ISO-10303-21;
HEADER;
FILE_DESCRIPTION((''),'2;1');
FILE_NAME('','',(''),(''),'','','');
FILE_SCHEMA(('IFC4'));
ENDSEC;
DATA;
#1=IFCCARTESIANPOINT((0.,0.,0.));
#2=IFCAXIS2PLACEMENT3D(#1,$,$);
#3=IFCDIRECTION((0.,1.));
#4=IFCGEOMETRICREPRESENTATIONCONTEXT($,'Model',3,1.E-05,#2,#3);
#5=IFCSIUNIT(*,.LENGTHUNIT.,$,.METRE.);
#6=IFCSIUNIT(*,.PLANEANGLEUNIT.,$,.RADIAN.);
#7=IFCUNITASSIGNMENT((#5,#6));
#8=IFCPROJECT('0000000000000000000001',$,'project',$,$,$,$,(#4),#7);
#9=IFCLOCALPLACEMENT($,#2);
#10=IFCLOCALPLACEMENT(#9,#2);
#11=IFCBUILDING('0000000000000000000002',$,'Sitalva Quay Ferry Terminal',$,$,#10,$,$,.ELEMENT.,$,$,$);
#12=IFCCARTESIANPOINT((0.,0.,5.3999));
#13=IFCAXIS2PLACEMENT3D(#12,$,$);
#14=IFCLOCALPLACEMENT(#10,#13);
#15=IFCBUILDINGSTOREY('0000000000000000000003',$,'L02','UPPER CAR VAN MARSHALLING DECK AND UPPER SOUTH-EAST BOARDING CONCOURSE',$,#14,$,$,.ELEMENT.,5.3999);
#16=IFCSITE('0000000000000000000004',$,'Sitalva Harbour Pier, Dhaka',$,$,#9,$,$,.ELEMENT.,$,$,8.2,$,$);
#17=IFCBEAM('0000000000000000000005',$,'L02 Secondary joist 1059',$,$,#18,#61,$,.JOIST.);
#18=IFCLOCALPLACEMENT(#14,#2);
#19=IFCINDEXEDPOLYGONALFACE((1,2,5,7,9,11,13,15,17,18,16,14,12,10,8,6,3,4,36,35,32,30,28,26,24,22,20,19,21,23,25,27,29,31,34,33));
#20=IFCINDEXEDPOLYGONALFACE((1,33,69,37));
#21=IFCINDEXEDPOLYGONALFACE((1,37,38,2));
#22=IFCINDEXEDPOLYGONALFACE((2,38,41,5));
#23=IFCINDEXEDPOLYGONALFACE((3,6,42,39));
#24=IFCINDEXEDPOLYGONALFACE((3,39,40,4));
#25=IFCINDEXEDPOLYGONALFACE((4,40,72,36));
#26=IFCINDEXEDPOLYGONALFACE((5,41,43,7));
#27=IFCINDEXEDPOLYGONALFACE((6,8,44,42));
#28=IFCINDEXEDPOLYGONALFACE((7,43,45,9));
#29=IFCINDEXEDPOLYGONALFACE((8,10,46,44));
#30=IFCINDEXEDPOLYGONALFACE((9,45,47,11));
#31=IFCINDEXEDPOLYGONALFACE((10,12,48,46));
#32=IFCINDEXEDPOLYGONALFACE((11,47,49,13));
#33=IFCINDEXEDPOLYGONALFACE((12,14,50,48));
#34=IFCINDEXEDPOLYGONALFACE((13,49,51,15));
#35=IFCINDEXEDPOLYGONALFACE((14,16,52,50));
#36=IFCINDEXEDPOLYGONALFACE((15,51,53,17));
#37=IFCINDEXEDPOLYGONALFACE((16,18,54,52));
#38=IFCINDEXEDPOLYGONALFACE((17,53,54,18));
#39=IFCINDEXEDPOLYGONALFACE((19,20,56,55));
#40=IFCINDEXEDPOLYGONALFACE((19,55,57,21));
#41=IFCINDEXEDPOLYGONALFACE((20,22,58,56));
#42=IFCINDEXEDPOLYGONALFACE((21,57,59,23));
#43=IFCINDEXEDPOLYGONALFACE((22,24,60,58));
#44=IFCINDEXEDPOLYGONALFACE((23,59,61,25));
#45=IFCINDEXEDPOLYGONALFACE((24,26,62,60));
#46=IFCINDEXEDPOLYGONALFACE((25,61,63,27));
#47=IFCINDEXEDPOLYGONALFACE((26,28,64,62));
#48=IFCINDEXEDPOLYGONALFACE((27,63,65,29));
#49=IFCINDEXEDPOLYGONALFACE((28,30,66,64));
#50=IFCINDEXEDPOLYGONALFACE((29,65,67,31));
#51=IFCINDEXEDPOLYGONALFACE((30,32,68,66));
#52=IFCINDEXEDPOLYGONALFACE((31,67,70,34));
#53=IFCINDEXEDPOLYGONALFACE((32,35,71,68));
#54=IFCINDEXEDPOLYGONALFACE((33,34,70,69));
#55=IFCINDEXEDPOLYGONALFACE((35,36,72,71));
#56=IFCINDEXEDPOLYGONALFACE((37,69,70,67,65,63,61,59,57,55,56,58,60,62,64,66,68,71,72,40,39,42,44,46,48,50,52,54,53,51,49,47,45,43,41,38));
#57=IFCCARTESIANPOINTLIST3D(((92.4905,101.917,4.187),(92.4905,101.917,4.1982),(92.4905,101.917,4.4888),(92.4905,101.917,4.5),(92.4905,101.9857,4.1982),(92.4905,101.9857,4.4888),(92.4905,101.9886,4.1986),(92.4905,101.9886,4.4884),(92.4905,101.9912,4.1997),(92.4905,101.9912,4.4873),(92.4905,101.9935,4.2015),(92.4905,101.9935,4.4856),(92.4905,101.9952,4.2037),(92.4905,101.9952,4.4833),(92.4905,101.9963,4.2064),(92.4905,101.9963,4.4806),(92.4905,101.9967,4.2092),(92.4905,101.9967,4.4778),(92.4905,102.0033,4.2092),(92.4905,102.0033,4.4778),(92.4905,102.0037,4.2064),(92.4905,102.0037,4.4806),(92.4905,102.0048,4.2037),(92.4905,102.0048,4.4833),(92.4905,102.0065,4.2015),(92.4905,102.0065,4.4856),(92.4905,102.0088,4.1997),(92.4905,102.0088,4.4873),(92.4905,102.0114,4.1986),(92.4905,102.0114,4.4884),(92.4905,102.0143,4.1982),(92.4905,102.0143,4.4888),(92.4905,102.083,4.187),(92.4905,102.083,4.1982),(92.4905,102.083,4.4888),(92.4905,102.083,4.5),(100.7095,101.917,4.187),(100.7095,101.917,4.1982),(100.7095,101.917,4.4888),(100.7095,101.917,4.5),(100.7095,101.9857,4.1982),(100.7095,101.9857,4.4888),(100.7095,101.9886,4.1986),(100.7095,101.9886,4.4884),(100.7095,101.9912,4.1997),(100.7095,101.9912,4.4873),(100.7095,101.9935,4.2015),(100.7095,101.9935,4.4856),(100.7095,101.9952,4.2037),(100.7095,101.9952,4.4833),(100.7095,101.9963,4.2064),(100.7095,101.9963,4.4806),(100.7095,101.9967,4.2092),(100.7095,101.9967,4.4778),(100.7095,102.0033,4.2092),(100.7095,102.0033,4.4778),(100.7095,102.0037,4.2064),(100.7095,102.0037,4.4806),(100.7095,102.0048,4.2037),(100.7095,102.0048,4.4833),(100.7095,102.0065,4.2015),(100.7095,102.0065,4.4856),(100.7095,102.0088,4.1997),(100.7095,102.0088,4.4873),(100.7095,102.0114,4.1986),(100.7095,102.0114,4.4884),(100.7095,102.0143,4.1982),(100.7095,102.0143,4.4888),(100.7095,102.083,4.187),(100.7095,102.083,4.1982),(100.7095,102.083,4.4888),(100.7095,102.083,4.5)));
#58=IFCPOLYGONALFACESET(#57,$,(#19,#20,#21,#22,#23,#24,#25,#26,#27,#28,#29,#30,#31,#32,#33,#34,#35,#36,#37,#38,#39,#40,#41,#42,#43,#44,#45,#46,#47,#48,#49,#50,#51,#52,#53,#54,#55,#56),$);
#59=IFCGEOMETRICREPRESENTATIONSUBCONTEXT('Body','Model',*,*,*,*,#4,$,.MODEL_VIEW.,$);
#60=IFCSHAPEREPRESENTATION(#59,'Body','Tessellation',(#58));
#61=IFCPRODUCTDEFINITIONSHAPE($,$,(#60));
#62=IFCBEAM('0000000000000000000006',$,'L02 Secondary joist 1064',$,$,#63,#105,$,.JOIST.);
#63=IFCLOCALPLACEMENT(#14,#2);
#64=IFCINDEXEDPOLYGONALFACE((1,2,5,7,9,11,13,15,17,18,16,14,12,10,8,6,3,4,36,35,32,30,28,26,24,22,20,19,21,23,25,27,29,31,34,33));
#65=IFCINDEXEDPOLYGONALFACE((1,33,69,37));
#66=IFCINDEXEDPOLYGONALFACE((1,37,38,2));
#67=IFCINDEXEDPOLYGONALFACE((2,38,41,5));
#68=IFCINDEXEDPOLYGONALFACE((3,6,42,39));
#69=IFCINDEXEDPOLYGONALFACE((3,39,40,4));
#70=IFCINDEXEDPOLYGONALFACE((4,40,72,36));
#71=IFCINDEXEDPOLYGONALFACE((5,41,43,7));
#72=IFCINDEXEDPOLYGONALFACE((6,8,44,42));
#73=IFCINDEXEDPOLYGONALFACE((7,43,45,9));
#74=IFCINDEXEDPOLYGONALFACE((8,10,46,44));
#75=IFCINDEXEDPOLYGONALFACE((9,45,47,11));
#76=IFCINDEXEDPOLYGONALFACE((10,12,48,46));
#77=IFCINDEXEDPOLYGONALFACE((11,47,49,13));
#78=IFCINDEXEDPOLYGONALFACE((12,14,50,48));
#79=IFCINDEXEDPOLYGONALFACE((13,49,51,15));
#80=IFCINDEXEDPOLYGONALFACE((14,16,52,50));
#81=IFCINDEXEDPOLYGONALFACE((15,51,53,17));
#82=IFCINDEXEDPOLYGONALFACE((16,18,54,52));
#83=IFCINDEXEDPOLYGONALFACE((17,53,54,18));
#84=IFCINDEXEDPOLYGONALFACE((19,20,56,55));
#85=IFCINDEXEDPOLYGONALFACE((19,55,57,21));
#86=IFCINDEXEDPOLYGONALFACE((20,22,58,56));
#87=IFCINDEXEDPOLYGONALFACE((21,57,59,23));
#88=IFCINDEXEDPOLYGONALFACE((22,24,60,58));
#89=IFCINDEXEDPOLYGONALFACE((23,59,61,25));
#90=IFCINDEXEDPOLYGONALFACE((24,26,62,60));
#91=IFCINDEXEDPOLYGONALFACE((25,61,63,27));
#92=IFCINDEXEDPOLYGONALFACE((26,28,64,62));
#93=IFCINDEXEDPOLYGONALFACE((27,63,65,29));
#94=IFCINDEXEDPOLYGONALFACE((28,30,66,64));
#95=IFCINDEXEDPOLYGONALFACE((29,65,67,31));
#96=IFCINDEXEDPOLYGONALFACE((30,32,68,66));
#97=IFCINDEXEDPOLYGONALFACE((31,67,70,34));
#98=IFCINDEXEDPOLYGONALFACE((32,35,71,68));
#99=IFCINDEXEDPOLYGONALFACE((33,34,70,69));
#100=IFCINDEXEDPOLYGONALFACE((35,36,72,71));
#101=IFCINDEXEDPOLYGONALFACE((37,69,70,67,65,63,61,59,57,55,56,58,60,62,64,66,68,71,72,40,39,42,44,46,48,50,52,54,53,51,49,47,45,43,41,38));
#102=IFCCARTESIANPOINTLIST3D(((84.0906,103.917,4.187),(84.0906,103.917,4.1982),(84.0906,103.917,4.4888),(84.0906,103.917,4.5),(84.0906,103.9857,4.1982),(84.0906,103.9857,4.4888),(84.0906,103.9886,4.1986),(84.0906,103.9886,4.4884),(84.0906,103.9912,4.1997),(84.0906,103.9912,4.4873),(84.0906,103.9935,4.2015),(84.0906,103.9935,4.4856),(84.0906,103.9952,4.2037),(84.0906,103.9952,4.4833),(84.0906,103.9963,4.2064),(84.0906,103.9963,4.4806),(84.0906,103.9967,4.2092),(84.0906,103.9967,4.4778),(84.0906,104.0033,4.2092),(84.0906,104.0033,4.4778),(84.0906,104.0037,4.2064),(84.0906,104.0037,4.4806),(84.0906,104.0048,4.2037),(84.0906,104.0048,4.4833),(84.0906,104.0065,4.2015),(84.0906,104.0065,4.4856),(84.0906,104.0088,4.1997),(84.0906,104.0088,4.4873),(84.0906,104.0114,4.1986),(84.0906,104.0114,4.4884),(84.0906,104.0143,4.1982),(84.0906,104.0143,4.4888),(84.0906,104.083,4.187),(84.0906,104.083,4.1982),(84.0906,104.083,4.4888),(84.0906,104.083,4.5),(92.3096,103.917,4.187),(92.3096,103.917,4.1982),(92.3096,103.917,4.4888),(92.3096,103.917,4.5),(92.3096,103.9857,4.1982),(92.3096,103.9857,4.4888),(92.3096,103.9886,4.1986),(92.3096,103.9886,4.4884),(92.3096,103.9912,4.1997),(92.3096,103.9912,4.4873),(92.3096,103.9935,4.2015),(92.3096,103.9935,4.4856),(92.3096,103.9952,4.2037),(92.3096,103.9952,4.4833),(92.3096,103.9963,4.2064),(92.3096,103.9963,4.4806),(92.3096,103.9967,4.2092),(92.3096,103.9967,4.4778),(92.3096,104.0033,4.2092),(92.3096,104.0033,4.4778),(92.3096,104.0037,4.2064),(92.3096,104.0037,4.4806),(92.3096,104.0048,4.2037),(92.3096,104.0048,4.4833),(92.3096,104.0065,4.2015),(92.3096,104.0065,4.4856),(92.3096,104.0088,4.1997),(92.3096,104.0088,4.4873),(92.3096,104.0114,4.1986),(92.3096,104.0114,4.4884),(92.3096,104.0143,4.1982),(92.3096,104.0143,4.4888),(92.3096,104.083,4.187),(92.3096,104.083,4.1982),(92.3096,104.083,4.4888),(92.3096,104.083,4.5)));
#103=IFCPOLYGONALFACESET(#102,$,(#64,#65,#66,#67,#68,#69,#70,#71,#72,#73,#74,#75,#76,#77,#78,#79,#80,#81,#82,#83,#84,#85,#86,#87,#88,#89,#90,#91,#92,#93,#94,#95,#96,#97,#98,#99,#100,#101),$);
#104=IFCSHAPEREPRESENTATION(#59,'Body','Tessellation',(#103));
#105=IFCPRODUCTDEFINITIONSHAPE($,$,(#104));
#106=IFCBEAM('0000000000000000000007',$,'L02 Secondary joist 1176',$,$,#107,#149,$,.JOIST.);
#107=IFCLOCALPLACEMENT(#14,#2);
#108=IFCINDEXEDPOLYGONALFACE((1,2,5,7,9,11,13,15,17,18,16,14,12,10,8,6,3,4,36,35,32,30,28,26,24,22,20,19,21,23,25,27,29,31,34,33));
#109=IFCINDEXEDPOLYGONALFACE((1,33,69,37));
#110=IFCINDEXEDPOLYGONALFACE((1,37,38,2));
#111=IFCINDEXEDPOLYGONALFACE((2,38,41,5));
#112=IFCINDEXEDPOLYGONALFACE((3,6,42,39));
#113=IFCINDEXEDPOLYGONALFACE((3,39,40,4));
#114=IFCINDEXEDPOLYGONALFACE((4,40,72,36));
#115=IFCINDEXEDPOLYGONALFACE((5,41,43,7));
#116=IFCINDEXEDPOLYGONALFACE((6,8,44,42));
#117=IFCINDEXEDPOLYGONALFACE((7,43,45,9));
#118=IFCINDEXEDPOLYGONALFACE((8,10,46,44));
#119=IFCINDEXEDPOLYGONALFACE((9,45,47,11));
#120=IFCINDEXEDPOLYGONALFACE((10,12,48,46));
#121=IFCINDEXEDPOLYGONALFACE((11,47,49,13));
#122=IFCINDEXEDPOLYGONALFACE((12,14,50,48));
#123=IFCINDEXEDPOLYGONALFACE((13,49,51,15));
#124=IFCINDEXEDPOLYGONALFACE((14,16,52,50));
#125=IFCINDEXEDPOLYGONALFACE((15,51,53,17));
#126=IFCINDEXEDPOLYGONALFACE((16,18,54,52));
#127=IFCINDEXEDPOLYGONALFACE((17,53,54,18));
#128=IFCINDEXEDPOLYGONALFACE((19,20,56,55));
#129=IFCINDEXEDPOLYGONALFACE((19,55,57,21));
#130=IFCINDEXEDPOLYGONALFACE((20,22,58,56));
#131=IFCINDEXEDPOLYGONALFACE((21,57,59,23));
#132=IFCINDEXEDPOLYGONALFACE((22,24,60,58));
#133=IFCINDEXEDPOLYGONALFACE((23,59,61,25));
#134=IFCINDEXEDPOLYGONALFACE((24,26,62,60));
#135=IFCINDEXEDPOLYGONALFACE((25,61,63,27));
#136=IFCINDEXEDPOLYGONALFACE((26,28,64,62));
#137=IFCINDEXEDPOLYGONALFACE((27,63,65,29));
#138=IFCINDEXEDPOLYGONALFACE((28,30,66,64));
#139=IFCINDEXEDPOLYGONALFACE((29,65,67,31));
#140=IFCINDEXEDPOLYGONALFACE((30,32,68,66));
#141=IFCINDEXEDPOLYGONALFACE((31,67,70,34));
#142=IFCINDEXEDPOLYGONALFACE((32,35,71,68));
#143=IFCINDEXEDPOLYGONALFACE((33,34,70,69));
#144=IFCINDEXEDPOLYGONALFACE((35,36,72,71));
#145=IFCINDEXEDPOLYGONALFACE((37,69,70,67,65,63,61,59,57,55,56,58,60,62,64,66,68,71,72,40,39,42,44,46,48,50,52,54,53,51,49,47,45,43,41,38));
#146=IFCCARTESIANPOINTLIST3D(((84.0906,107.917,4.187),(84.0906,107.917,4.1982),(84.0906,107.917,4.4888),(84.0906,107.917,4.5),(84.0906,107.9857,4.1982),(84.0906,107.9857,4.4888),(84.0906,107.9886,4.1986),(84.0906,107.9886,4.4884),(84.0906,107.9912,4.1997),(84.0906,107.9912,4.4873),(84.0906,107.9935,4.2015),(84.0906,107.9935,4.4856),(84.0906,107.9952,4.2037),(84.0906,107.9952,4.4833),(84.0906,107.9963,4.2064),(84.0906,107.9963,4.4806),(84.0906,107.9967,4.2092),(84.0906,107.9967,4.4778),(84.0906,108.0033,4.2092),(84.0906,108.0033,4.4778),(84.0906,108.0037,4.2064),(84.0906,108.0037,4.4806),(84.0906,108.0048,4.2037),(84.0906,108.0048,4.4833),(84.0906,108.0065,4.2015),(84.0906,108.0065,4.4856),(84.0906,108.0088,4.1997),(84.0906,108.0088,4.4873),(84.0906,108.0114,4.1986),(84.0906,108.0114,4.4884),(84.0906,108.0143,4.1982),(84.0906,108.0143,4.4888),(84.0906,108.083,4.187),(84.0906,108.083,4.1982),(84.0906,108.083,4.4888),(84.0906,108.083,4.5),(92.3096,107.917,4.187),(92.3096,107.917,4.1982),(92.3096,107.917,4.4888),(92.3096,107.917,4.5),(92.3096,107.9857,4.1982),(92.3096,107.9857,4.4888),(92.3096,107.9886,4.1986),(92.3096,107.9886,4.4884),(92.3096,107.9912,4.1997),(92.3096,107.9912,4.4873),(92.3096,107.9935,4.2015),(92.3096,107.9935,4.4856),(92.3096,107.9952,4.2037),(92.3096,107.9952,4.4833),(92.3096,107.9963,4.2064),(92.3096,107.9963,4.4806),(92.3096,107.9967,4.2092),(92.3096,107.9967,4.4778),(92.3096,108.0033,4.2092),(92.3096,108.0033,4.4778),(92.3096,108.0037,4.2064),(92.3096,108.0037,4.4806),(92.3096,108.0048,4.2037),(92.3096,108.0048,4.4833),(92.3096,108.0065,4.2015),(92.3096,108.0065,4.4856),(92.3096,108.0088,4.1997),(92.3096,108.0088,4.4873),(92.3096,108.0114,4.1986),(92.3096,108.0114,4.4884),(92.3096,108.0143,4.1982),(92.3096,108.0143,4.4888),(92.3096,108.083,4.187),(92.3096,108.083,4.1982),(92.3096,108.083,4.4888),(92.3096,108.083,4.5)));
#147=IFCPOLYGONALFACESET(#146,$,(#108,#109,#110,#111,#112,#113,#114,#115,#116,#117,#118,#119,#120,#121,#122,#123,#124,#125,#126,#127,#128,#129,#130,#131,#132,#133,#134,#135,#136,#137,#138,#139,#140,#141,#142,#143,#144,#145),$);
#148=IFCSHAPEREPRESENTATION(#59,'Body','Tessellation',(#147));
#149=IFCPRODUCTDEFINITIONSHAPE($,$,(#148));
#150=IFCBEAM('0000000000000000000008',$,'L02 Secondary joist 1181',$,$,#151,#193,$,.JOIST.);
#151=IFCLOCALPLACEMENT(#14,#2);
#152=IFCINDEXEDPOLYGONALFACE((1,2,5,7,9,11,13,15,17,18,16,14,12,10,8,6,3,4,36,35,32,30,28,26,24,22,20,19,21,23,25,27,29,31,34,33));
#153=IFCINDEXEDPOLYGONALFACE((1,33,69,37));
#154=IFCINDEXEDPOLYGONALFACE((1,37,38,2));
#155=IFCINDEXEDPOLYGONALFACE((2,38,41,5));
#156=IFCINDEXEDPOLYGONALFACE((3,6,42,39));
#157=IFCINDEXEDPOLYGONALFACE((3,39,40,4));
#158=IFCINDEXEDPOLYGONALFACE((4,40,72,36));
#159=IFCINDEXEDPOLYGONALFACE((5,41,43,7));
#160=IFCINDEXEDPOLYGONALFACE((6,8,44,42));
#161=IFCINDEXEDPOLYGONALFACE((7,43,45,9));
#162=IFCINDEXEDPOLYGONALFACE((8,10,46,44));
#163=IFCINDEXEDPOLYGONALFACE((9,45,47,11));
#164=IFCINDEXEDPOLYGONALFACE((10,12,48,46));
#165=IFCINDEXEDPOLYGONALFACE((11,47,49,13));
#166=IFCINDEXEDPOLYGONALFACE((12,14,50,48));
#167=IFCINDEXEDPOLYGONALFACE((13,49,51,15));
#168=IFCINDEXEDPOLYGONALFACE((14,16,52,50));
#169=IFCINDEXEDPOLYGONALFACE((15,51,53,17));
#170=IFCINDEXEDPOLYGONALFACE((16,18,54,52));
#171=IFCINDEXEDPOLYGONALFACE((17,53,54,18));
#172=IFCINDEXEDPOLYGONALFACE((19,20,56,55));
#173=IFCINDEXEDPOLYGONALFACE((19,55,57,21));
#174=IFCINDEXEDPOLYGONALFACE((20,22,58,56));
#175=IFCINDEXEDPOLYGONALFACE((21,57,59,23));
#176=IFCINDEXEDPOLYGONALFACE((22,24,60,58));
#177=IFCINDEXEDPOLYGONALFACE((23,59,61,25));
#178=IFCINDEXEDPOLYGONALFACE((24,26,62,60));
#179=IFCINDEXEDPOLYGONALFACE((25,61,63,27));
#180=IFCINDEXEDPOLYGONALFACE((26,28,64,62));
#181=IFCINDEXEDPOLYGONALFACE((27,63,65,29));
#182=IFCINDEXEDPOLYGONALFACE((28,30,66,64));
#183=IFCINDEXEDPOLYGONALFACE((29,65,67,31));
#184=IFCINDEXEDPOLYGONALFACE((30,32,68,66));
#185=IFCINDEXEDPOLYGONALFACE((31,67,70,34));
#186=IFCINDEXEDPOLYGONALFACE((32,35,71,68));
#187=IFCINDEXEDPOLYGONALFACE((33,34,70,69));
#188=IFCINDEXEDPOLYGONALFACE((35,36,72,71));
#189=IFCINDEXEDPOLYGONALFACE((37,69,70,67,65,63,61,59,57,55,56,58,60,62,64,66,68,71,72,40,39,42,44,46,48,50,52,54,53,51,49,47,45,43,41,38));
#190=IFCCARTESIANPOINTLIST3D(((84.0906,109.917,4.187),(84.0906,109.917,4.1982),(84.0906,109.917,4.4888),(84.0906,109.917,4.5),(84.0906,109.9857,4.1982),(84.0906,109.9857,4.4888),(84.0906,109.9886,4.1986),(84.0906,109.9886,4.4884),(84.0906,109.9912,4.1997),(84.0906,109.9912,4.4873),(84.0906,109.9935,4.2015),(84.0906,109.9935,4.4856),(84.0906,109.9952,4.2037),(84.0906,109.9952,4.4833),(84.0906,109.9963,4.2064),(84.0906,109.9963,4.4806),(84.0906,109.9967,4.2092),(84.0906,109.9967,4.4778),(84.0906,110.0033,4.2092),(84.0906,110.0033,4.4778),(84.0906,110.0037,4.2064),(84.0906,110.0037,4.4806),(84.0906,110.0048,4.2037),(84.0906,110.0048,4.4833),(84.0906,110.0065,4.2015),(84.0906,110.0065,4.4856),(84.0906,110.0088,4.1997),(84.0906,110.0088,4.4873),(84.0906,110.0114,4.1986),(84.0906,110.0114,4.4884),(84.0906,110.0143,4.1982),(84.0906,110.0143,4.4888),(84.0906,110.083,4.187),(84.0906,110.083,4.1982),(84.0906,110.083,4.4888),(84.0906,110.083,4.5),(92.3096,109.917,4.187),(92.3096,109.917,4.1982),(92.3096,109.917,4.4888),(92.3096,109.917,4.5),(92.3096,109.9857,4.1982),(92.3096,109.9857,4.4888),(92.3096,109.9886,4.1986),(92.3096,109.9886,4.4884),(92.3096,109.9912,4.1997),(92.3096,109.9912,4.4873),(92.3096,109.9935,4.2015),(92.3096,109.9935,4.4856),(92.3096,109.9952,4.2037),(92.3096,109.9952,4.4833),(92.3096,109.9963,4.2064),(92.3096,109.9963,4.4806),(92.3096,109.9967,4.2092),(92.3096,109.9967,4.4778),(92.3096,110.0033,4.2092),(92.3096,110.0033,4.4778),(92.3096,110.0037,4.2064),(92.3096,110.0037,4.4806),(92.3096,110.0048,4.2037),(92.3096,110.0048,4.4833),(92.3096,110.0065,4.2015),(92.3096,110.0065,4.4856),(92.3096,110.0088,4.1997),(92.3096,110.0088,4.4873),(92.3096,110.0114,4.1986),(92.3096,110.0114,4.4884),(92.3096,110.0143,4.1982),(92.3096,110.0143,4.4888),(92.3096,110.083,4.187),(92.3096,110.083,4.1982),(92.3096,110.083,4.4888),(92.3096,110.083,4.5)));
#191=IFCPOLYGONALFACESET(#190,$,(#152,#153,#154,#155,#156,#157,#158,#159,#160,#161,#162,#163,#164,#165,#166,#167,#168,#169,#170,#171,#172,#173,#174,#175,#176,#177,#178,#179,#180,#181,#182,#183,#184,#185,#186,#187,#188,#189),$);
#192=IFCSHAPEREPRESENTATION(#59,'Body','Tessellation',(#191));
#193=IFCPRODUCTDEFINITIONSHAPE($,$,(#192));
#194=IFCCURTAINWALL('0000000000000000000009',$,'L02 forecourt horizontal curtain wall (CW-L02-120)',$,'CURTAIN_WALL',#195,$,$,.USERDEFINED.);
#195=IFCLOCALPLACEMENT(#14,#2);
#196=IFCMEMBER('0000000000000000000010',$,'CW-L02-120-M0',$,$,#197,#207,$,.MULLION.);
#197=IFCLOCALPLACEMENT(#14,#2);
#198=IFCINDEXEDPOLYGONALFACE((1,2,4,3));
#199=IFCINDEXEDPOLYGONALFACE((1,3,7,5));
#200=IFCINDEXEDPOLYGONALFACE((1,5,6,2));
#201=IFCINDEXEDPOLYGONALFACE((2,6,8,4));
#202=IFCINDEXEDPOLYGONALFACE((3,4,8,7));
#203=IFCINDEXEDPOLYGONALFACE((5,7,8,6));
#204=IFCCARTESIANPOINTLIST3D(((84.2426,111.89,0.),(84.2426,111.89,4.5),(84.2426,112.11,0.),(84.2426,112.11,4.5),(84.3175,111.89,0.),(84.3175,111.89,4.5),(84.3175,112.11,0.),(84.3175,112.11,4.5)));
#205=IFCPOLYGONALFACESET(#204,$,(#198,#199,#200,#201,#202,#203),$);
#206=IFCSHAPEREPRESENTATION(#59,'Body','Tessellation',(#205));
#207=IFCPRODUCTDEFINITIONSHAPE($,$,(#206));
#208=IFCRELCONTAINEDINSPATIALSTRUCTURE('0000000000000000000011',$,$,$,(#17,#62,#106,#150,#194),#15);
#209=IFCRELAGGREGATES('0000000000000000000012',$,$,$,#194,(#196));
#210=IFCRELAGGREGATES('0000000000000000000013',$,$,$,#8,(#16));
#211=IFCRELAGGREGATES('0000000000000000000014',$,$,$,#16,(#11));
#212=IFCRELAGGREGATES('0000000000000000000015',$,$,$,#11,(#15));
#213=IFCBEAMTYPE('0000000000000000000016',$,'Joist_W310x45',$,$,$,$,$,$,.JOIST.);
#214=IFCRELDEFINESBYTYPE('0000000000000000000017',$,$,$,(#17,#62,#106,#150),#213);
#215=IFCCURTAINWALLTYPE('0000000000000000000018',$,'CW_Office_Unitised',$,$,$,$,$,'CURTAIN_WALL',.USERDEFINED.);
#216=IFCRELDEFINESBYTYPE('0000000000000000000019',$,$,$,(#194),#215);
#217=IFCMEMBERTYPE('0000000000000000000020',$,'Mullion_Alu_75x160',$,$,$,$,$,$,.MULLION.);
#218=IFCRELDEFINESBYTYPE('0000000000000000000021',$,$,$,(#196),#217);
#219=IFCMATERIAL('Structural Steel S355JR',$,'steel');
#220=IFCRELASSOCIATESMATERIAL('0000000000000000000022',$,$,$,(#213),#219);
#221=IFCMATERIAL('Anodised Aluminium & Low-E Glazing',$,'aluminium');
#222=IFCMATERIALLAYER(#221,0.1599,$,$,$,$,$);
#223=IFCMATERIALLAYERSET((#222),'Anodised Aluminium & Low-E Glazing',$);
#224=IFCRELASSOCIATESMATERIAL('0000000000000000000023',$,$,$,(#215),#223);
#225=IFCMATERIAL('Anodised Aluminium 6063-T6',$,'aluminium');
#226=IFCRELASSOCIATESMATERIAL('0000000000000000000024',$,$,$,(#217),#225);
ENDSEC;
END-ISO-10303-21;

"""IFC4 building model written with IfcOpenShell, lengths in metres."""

from ifc_helpers import new_model, si_unit, direction, frame, origin, origin_2d, place, context, subcontext, project, spatial, rectangle, i_section, extrude, material, layer, layer_set, material_profile, profile_set, type_object, element, aggregate, save


model = new_model("IFC4")

# Units and contexts
model_context = context("Model", 3, precision=1e-05, world=origin(), true_north=direction((0.0, 1.0)))
body_context = subcontext(model_context, "Body", "Model", "MODEL_VIEW")
ifc_project = project(units=[si_unit("LENGTHUNIT", "METRE"), si_unit("PLANEANGLEUNIT", "RADIAN")], contexts=[model_context])

# Site, building, storey
site_placement = place(None, origin())
site = spatial("IfcSite", under=ifc_project, at=site_placement, Name="Sitalva Harbour Pier, Dhaka", CompositionType="ELEMENT", RefElevation=8.2)
building_placement = place(site_placement, origin())
building = spatial("IfcBuilding", under=site, at=building_placement, Name="Sitalva Quay Ferry Terminal", CompositionType="ELEMENT")
storey_placement = place(building_placement, frame((0.0, 0.0, 5.3999)))
storey = spatial("IfcBuildingStorey", under=building, at=storey_placement, Name="L02", Description="UPPER CAR VAN MARSHALLING DECK AND UPPER SOUTH-EAST BOARDING CONCOURSE", CompositionType="ELEMENT", Elevation=5.3999)

# Beams
ifc_material_1 = material(Name="Structural Steel S355JR", Category="steel")
ifc_material_profile_1 = material_profile(ifc_material_1, i_section(OverallWidth=0.166, OverallDepth=0.313, WebThickness=0.0066, FlangeThickness=0.0112, FilletRadius=0.011, at=origin_2d()), Name="W310x45")
ifc_profile_set_1 = profile_set([ifc_material_profile_1], Name="Structural Steel S355JR")
beam_type_1 = type_object("IfcBeamType", Name="Joist_W310x45", PredefinedType="JOIST", material=ifc_profile_set_1)
for number, where, z_axis, x_axis, name in (
    (1, (92.4905, 102.0, 4.3435), (1.0, 0.0, 0.0), (0.0, 1.0, 0.0), "L02 Secondary joist 1059"),
    (2, (84.0906, 104.0, 4.3435), (1.0, 0.0, 0.0), (0.0, 1.0, 0.0), "L02 Secondary joist 1064"),
    (3, (84.0906, 108.0, 4.3435), (1.0, 0.0, 0.0), (0.0, 1.0, 0.0), "L02 Secondary joist 1176"),
    (4, (84.0906, 110.0, 4.3435), (1.0, 0.0, 0.0), (0.0, 1.0, 0.0), "L02 Secondary joist 1181"),
):
    element("IfcBeam", number, at=place(storey_placement, frame(where, z_axis=z_axis, x_axis=x_axis)), inside=storey, type_object=beam_type_1, Name=name, PredefinedType="JOIST", context=body_context, shape_type="SweptSolid", body=[
        extrude(i_section(OverallWidth=0.166, OverallDepth=0.313, WebThickness=0.0066, FlangeThickness=0.0112, FilletRadius=0.011, at=origin_2d()), origin(), (0.0, 0.0, 1.0), 8.219),
    ])

# Curtain wall, member
ifc_material_2 = material(Name="Anodised Aluminium & Low-E Glazing", Category="aluminium")
ifc_layer_1 = layer(ifc_material_2, 0.1599)
ifc_layer_set_1 = layer_set([ifc_layer_1], Name="Anodised Aluminium & Low-E Glazing")
curtain_wall_type = type_object("IfcCurtainWallType", Name="CW_Office_Unitised", ElementType="CURTAIN_WALL", PredefinedType="USERDEFINED", material=ifc_layer_set_1)
curtain_wall_placement = place(storey_placement, origin())
curtain_wall = element("IfcCurtainWall", 5, at=curtain_wall_placement, inside=storey, type_object=curtain_wall_type, Name="L02 forecourt horizontal curtain wall (CW-L02-120)", ObjectType="CURTAIN_WALL", PredefinedType="USERDEFINED")
ifc_material_3 = material(Name="Anodised Aluminium 6063-T6", Category="aluminium")
ifc_material_profile_2 = material_profile(ifc_material_3, rectangle(XDim=0.075, YDim=0.22, at=origin_2d()), Name="ALU75x220")
ifc_profile_set_2 = profile_set([ifc_material_profile_2], Name="Anodised Aluminium 6063-T6")
member_type_1 = type_object("IfcMemberType", Name="Mullion_Alu_75x160", PredefinedType="MULLION", material=ifc_profile_set_2)
member_1_placement = place(storey_placement, frame((84.28, 112.0, 0.0), z_axis=(0.0, 0.0, 1.0), x_axis=(1.0, 0.0, 0.0)))
member_1 = element("IfcMember", 6, at=member_1_placement, type_object=member_type_1, Name="CW-L02-120-M0", PredefinedType="MULLION", context=body_context, shape_type="SweptSolid", body=[
    extrude(rectangle(XDim=0.075, YDim=0.22, at=origin_2d()), origin(), (0.0, 0.0, 1.0), 4.5),
])
aggregate(curtain_wall, [member_1])

save(model, "model.ifc")
